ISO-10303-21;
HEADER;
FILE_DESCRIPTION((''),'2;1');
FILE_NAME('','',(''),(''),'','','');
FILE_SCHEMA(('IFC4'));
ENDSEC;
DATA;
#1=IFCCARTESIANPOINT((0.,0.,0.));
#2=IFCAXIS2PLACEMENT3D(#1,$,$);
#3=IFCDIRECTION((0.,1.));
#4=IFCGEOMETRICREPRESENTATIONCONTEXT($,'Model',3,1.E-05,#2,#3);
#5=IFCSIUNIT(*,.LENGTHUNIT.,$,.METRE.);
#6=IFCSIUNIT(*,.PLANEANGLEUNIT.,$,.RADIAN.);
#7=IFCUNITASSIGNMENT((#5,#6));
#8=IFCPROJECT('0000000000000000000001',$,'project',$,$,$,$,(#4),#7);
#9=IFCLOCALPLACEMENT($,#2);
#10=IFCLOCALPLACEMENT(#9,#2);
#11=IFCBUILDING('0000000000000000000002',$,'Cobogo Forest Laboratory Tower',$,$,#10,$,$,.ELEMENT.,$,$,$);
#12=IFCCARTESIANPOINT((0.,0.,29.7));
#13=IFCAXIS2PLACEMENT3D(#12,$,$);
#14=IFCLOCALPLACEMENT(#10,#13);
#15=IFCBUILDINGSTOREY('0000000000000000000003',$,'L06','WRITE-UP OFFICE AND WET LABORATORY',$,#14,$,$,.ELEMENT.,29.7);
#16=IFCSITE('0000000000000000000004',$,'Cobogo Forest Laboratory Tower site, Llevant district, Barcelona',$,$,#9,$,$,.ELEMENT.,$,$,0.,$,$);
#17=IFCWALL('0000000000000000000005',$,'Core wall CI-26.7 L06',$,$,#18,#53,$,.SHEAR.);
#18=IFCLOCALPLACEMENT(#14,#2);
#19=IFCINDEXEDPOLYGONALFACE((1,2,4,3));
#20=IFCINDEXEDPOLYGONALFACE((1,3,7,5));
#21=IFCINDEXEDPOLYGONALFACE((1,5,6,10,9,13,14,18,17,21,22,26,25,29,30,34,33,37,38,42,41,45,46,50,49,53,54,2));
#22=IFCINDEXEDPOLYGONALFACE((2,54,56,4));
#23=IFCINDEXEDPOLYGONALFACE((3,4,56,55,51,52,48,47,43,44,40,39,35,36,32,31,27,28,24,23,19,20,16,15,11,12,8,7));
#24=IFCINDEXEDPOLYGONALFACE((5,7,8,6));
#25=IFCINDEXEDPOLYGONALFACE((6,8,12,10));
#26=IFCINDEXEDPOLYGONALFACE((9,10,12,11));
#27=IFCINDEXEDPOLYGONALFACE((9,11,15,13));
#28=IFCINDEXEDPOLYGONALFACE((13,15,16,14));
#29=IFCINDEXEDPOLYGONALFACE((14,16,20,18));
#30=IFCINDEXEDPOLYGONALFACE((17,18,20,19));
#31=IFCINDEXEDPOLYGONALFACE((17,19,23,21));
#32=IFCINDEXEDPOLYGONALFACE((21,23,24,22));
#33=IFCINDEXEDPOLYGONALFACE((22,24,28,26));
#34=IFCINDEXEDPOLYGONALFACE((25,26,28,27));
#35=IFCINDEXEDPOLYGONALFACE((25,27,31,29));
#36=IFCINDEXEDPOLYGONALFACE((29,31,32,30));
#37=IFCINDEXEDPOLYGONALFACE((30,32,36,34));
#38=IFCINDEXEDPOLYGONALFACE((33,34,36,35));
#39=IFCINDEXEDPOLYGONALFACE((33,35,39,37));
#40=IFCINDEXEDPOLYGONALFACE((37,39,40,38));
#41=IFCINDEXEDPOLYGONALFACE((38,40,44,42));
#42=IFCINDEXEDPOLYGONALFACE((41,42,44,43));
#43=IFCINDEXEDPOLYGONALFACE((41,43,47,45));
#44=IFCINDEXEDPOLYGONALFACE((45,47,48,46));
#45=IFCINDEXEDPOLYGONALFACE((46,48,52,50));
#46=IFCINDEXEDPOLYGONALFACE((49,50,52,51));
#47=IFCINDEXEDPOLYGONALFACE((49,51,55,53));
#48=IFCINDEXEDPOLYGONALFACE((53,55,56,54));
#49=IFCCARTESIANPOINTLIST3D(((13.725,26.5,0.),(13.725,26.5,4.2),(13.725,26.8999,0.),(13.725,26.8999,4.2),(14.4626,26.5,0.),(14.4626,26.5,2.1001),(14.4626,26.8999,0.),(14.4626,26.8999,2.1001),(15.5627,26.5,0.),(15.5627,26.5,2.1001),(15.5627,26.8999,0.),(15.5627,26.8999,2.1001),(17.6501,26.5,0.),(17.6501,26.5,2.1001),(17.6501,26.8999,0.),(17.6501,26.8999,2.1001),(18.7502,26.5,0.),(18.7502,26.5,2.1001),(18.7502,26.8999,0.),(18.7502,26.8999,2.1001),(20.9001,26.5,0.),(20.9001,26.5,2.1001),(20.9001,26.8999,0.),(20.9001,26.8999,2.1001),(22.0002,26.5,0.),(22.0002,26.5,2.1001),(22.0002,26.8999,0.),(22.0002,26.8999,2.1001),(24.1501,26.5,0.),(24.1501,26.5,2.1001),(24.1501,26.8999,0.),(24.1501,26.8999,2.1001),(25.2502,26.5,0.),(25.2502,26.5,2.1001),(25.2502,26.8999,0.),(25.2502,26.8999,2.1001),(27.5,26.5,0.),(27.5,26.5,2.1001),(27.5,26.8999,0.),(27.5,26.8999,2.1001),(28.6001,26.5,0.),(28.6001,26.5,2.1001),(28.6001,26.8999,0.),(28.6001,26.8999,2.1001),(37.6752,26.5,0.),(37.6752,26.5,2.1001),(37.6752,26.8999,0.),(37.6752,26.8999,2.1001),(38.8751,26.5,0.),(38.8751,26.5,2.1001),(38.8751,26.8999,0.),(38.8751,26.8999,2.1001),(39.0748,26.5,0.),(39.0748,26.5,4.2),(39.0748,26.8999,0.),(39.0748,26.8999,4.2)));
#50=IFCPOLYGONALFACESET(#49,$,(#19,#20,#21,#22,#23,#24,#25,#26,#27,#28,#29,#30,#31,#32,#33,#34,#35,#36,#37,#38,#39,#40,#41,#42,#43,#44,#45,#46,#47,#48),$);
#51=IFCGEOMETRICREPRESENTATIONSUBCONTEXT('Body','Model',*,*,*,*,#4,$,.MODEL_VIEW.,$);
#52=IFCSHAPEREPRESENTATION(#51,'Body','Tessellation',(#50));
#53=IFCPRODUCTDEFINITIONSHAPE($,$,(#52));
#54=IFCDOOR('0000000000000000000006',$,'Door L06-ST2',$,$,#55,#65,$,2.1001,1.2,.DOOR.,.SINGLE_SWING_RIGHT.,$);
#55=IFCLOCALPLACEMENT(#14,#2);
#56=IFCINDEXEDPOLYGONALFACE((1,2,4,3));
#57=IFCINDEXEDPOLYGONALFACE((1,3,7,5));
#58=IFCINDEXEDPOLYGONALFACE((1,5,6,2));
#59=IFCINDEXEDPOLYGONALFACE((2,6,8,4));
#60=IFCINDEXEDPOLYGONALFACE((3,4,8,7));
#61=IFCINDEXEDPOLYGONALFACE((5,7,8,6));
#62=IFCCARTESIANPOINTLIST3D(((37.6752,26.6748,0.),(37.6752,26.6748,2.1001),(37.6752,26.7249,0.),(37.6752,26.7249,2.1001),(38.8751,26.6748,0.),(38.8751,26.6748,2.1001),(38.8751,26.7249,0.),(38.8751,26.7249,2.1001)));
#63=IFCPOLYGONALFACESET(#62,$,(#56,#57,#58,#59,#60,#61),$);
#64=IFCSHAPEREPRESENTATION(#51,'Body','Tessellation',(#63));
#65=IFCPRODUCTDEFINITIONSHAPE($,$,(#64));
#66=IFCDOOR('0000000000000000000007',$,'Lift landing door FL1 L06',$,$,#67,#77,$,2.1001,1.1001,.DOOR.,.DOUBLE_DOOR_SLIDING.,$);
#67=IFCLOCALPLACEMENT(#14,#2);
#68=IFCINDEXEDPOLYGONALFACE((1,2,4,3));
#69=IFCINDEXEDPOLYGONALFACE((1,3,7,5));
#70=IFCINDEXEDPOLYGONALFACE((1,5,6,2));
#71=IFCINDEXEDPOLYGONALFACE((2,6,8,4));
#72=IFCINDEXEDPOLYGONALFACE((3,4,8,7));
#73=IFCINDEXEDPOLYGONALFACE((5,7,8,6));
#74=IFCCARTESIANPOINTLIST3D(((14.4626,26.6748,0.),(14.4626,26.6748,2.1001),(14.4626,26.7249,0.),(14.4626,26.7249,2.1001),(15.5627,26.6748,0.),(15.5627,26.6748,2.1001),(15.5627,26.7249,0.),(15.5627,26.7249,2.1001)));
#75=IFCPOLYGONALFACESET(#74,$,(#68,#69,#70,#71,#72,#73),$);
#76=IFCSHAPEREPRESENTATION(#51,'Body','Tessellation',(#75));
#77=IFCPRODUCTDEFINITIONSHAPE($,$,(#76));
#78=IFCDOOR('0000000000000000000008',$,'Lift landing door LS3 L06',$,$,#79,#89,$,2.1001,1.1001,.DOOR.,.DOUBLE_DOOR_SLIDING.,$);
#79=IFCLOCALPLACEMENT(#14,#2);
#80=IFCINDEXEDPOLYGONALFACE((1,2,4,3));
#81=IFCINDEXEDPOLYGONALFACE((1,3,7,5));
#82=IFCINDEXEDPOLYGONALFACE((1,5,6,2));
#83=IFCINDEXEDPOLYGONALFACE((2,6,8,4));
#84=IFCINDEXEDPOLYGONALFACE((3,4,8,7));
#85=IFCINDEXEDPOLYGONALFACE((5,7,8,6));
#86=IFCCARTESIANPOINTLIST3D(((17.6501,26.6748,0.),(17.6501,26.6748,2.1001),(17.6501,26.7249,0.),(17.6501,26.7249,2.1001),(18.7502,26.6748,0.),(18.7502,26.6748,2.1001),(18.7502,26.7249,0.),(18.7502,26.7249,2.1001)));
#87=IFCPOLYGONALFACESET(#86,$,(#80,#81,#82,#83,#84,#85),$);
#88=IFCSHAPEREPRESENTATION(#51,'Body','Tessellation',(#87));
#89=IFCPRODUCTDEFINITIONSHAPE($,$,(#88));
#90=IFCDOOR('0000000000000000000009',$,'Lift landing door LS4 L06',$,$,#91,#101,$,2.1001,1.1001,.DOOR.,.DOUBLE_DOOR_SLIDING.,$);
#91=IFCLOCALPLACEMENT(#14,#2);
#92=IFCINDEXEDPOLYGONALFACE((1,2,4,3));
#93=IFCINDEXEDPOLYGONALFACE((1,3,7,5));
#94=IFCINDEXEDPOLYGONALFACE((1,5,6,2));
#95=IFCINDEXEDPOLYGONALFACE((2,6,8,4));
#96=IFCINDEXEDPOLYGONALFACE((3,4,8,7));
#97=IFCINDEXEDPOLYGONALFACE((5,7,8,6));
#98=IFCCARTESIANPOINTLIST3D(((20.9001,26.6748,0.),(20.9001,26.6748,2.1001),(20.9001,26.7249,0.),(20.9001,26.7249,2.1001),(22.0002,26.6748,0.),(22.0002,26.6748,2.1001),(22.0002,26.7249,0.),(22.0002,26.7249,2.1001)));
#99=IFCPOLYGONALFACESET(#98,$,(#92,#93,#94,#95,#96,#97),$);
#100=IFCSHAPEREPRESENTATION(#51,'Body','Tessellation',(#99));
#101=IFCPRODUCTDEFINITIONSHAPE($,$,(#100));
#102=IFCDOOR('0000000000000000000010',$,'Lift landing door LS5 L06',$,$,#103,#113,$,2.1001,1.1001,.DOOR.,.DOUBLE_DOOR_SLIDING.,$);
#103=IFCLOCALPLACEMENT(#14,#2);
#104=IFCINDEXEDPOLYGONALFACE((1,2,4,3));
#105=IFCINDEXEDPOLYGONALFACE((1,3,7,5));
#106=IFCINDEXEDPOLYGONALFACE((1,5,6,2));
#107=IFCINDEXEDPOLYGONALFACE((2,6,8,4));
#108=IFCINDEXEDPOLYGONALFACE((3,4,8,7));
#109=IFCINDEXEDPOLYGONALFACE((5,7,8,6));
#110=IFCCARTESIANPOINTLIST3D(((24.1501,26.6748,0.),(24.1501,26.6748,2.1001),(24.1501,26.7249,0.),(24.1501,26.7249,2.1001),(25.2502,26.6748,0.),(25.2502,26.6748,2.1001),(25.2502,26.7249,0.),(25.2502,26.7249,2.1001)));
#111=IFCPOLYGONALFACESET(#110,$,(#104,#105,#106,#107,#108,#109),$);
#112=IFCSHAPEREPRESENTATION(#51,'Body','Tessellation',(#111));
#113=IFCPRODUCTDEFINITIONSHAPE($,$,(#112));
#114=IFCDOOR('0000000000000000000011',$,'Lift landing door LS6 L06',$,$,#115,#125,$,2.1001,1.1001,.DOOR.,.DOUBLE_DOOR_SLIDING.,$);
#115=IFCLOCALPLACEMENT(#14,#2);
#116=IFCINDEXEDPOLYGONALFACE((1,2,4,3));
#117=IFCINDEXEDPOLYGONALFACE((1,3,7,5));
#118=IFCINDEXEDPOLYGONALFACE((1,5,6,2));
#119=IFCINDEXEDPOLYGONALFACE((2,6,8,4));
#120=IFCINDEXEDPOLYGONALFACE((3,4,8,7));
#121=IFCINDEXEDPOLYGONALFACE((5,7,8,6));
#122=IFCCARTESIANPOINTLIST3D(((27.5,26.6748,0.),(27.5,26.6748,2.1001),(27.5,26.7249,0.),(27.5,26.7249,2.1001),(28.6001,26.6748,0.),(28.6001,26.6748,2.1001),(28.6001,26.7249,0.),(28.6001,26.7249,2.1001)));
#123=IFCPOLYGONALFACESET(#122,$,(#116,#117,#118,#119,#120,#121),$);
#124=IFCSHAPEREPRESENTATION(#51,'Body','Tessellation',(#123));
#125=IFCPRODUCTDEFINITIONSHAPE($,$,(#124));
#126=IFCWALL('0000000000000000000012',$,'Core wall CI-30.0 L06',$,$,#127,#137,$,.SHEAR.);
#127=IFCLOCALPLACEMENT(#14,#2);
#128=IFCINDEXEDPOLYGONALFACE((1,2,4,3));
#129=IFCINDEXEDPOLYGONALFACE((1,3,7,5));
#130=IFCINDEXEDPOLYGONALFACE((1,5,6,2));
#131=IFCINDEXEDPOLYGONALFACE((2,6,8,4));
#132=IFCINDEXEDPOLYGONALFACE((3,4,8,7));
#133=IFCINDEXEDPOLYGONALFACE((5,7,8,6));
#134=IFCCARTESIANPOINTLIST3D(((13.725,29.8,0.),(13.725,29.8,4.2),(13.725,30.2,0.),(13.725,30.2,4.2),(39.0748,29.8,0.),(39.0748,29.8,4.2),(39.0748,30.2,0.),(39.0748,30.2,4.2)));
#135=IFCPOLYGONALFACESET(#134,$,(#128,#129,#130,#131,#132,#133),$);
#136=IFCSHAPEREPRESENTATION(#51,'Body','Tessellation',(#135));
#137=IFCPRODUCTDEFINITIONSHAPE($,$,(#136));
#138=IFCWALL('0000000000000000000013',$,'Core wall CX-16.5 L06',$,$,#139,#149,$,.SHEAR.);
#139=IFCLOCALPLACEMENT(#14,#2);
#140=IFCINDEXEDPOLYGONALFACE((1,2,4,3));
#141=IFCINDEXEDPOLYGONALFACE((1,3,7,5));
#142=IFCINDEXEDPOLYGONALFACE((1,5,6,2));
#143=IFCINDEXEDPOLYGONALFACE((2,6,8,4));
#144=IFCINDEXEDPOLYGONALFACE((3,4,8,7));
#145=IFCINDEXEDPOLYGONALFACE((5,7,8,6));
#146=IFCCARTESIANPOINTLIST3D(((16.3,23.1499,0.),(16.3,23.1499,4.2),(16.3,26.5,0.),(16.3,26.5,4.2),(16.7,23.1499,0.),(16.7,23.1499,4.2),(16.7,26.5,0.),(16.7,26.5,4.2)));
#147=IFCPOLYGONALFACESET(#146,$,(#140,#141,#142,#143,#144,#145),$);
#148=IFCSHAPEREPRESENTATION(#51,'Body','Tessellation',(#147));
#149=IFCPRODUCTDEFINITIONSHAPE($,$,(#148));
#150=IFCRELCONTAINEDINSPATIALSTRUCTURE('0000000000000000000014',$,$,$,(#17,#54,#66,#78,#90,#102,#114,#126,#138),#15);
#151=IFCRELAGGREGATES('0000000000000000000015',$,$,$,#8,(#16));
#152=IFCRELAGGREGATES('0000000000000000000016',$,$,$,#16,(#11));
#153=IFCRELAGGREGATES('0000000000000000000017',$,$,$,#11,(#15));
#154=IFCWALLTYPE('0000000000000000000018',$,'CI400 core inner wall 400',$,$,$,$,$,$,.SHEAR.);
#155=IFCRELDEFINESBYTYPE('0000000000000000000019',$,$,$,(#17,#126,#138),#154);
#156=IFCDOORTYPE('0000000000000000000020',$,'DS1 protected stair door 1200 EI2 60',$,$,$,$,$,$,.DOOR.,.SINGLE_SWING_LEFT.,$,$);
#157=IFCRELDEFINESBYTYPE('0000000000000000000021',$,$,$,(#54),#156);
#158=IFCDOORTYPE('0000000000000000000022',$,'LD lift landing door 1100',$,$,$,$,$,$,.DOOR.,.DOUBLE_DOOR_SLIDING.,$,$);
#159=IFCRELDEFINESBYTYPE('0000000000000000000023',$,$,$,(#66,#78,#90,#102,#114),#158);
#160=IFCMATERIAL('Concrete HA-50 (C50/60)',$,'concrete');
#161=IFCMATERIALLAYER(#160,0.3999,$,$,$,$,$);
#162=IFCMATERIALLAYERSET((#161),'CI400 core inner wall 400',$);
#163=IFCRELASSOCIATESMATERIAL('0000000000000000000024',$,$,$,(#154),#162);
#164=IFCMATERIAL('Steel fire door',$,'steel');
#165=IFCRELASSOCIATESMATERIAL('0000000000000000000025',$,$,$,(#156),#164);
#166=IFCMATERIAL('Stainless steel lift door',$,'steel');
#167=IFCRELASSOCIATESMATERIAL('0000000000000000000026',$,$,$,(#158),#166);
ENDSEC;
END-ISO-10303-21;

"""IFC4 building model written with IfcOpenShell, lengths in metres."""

from ifc_helpers import new_model, si_unit, direction, frame, frame_2d, origin, place, context, subcontext, project, spatial, rectangle, extrude, material, layer, layer_set, type_object, element, fill, save


model = new_model("IFC4")

# Units and contexts
model_context = context("Model", 3, precision=1e-05, world=origin(), true_north=direction((0.0, 1.0)))
body_context = subcontext(model_context, "Body", "Model", "MODEL_VIEW")
ifc_project = project(units=[si_unit("LENGTHUNIT", "METRE"), si_unit("PLANEANGLEUNIT", "RADIAN")], contexts=[model_context])

# Site, building, storey
site_placement = place(None, origin())
site = spatial("IfcSite", under=ifc_project, at=site_placement, Name="Cobogo Forest Laboratory Tower site, Llevant district, Barcelona", CompositionType="ELEMENT", RefElevation=0.0)
building_placement = place(site_placement, origin())
building = spatial("IfcBuilding", under=site, at=building_placement, Name="Cobogo Forest Laboratory Tower", CompositionType="ELEMENT")
storey_placement = place(building_placement, frame((0.0, 0.0, 29.7)))
storey = spatial("IfcBuildingStorey", under=building, at=storey_placement, Name="L06", Description="WRITE-UP OFFICE AND WET LABORATORY", CompositionType="ELEMENT", Elevation=29.7)

# Shared definitions
ifc_material_1 = material(Name="Concrete HA-50 (C50/60)", Category="concrete")

# Shared definitions
ifc_layer_1 = layer(ifc_material_1, 0.3999)
ifc_layer_set_1 = layer_set([ifc_layer_1], Name="CI400 core inner wall 400")
wall_type_1 = type_object("IfcWallType", Name="CI400 core inner wall 400", PredefinedType="SHEAR", material=ifc_layer_set_1)

# Wall, openings, doors
wall_1_placement = place(storey_placement, frame((13.7251, 26.7, 0.0), z_axis=(0.0, 0.0, 1.0), x_axis=(1.0, 0.0, 0.0)))
wall_1 = element("IfcWall", 1, at=wall_1_placement, inside=storey, type_object=wall_type_1, Name="Core wall CI-26.7 L06", PredefinedType="SHEAR", context=body_context, shape_type="SweptSolid", body=[
    extrude(rectangle(XDim=25.3499, YDim=0.3999, at=frame_2d((12.6748, 0.0))), origin(), (0.0, 0.0, 1.0), 4.2),
])
opening_1_placement = place(wall_1_placement, frame((23.95, 0.0, 0.0)))
opening_1 = element("IfcOpeningElement", 2, at=opening_1_placement, cuts=wall_1, PredefinedType="OPENING", context=body_context, shape_type="SweptSolid", body=[
    extrude(rectangle(XDim=1.2, YDim=2.1001, at=frame_2d((0.6001, 1.05))), frame((0.0, 0.21, 0.0), z_axis=(0.0, -1.0, 0.0), x_axis=(1.0, 0.0, 0.0)), (0.0, 0.0, 1.0), 0.4199),
])
opening_2_placement = place(wall_1_placement, frame((0.7375, 0.0, 0.0)))
opening_2 = element("IfcOpeningElement", 3, at=opening_2_placement, cuts=wall_1, PredefinedType="OPENING", context=body_context, shape_type="SweptSolid", body=[
    extrude(rectangle(XDim=1.1001, YDim=2.1001, at=frame_2d((0.55, 1.05))), frame((0.0, 0.21, 0.0), z_axis=(0.0, -1.0, 0.0), x_axis=(1.0, 0.0, 0.0)), (0.0, 0.0, 1.0), 0.4199),
])
opening_3_placement = place(wall_1_placement, frame((3.925, 0.0, 0.0)))
opening_3 = element("IfcOpeningElement", 4, at=opening_3_placement, cuts=wall_1, PredefinedType="OPENING", context=body_context, shape_type="SweptSolid", body=[
    extrude(rectangle(XDim=1.1001, YDim=2.1001, at=frame_2d((0.55, 1.05))), frame((0.0, 0.21, 0.0), z_axis=(0.0, -1.0, 0.0), x_axis=(1.0, 0.0, 0.0)), (0.0, 0.0, 1.0), 0.4199),
])
opening_4_placement = place(wall_1_placement, frame((7.175, 0.0, 0.0)))
opening_4 = element("IfcOpeningElement", 5, at=opening_4_placement, cuts=wall_1, PredefinedType="OPENING", context=body_context, shape_type="SweptSolid", body=[
    extrude(rectangle(XDim=1.1001, YDim=2.1001, at=frame_2d((0.55, 1.05))), frame((0.0, 0.21, 0.0), z_axis=(0.0, -1.0, 0.0), x_axis=(1.0, 0.0, 0.0)), (0.0, 0.0, 1.0), 0.4199),
])
opening_5_placement = place(wall_1_placement, frame((10.425, 0.0, 0.0)))
opening_5 = element("IfcOpeningElement", 6, at=opening_5_placement, cuts=wall_1, PredefinedType="OPENING", context=body_context, shape_type="SweptSolid", body=[
    extrude(rectangle(XDim=1.1001, YDim=2.1001, at=frame_2d((0.55, 1.05))), frame((0.0, 0.21, 0.0), z_axis=(0.0, -1.0, 0.0), x_axis=(1.0, 0.0, 0.0)), (0.0, 0.0, 1.0), 0.4199),
])
opening_6_placement = place(wall_1_placement, frame((13.7749, 0.0, 0.0)))
opening_6 = element("IfcOpeningElement", 7, at=opening_6_placement, cuts=wall_1, PredefinedType="OPENING", context=body_context, shape_type="SweptSolid", body=[
    extrude(rectangle(XDim=1.1001, YDim=2.1001, at=frame_2d((0.55, 1.05))), frame((0.0, 0.21, 0.0), z_axis=(0.0, -1.0, 0.0), x_axis=(1.0, 0.0, 0.0)), (0.0, 0.0, 1.0), 0.4199),
])
ifc_material_2 = material(Name="Steel fire door", Category="steel")
door_type_1 = type_object("IfcDoorType", Name="DS1 protected stair door 1200 EI2 60", OperationType="SINGLE_SWING_LEFT", PredefinedType="DOOR", material=ifc_material_2)
door_1_placement = place(opening_1_placement, origin())
door_1 = element("IfcDoor", 8, at=door_1_placement, inside=storey, type_object=door_type_1, Name="Door L06-ST2", OperationType="SINGLE_SWING_RIGHT", OverallHeight=2.1001, OverallWidth=1.2, PredefinedType="DOOR", context=body_context, shape_type="SweptSolid", body=[
    extrude(rectangle(XDim=1.2, YDim=2.1001, at=frame_2d((0.6001, 1.05))), frame((0.0, 0.0249, 0.0), z_axis=(0.0, -1.0, 0.0), x_axis=(1.0, 0.0, 0.0)), (0.0, 0.0, 1.0), 0.05),
])
fill(opening_1, door_1)
ifc_material_3 = material(Name="Stainless steel lift door", Category="steel")
door_type_2 = type_object("IfcDoorType", Name="LD lift landing door 1100", OperationType="DOUBLE_DOOR_SLIDING", PredefinedType="DOOR", material=ifc_material_3)
door_2_placement = place(opening_2_placement, origin())
door_2 = element("IfcDoor", 9, at=door_2_placement, inside=storey, type_object=door_type_2, Name="Lift landing door FL1 L06", OperationType="DOUBLE_DOOR_SLIDING", OverallHeight=2.1001, OverallWidth=1.1001, PredefinedType="DOOR", context=body_context, shape_type="SweptSolid", body=[
    extrude(rectangle(XDim=1.1001, YDim=2.1001, at=frame_2d((0.55, 1.05))), frame((0.0, 0.0249, 0.0), z_axis=(0.0, -1.0, 0.0), x_axis=(1.0, 0.0, 0.0)), (0.0, 0.0, 1.0), 0.05),
])
fill(opening_2, door_2)
door_3_placement = place(opening_3_placement, origin())
door_3 = element("IfcDoor", 10, at=door_3_placement, inside=storey, type_object=door_type_2, Name="Lift landing door LS3 L06", OperationType="DOUBLE_DOOR_SLIDING", OverallHeight=2.1001, OverallWidth=1.1001, PredefinedType="DOOR", context=body_context, shape_type="SweptSolid", body=[
    extrude(rectangle(XDim=1.1001, YDim=2.1001, at=frame_2d((0.55, 1.05))), frame((0.0, 0.0249, 0.0), z_axis=(0.0, -1.0, 0.0), x_axis=(1.0, 0.0, 0.0)), (0.0, 0.0, 1.0), 0.05),
])
fill(opening_3, door_3)
door_4_placement = place(opening_4_placement, origin())
door_4 = element("IfcDoor", 11, at=door_4_placement, inside=storey, type_object=door_type_2, Name="Lift landing door LS4 L06", OperationType="DOUBLE_DOOR_SLIDING", OverallHeight=2.1001, OverallWidth=1.1001, PredefinedType="DOOR", context=body_context, shape_type="SweptSolid", body=[
    extrude(rectangle(XDim=1.1001, YDim=2.1001, at=frame_2d((0.55, 1.05))), frame((0.0, 0.0249, 0.0), z_axis=(0.0, -1.0, 0.0), x_axis=(1.0, 0.0, 0.0)), (0.0, 0.0, 1.0), 0.05),
])
fill(opening_4, door_4)
door_5_placement = place(opening_5_placement, origin())
door_5 = element("IfcDoor", 12, at=door_5_placement, inside=storey, type_object=door_type_2, Name="Lift landing door LS5 L06", OperationType="DOUBLE_DOOR_SLIDING", OverallHeight=2.1001, OverallWidth=1.1001, PredefinedType="DOOR", context=body_context, shape_type="SweptSolid", body=[
    extrude(rectangle(XDim=1.1001, YDim=2.1001, at=frame_2d((0.55, 1.05))), frame((0.0, 0.0249, 0.0), z_axis=(0.0, -1.0, 0.0), x_axis=(1.0, 0.0, 0.0)), (0.0, 0.0, 1.0), 0.05),
])
fill(opening_5, door_5)
door_6_placement = place(opening_6_placement, origin())
door_6 = element("IfcDoor", 13, at=door_6_placement, inside=storey, type_object=door_type_2, Name="Lift landing door LS6 L06", OperationType="DOUBLE_DOOR_SLIDING", OverallHeight=2.1001, OverallWidth=1.1001, PredefinedType="DOOR", context=body_context, shape_type="SweptSolid", body=[
    extrude(rectangle(XDim=1.1001, YDim=2.1001, at=frame_2d((0.55, 1.05))), frame((0.0, 0.0249, 0.0), z_axis=(0.0, -1.0, 0.0), x_axis=(1.0, 0.0, 0.0)), (0.0, 0.0, 1.0), 0.05),
])
fill(opening_6, door_6)

# Walls
wall_2_placement = place(storey_placement, frame((13.7251, 30.0, 0.0), z_axis=(0.0, 0.0, 1.0), x_axis=(1.0, 0.0, 0.0)))
element("IfcWall", 14, at=wall_2_placement, inside=storey, type_object=wall_type_1, Name="Core wall CI-30.0 L06", PredefinedType="SHEAR", context=body_context, shape_type="SweptSolid", body=[
    extrude(rectangle(XDim=25.3499, YDim=0.3999, at=frame_2d((12.6748, 0.0))), origin(), (0.0, 0.0, 1.0), 4.2),
])
wall_3_placement = place(storey_placement, frame((16.5, 23.1499, 0.0), z_axis=(0.0, 0.0, 1.0), x_axis=(0.0, 1.0, 0.0)))
element("IfcWall", 15, at=wall_3_placement, inside=storey, type_object=wall_type_1, Name="Core wall CX-16.5 L06", PredefinedType="SHEAR", context=body_context, shape_type="SweptSolid", body=[
    extrude(rectangle(XDim=3.3501, YDim=0.3999, at=frame_2d((1.675, 0.0))), origin(), (0.0, 0.0, 1.0), 4.2),
])

save(model, "model.ifc")
